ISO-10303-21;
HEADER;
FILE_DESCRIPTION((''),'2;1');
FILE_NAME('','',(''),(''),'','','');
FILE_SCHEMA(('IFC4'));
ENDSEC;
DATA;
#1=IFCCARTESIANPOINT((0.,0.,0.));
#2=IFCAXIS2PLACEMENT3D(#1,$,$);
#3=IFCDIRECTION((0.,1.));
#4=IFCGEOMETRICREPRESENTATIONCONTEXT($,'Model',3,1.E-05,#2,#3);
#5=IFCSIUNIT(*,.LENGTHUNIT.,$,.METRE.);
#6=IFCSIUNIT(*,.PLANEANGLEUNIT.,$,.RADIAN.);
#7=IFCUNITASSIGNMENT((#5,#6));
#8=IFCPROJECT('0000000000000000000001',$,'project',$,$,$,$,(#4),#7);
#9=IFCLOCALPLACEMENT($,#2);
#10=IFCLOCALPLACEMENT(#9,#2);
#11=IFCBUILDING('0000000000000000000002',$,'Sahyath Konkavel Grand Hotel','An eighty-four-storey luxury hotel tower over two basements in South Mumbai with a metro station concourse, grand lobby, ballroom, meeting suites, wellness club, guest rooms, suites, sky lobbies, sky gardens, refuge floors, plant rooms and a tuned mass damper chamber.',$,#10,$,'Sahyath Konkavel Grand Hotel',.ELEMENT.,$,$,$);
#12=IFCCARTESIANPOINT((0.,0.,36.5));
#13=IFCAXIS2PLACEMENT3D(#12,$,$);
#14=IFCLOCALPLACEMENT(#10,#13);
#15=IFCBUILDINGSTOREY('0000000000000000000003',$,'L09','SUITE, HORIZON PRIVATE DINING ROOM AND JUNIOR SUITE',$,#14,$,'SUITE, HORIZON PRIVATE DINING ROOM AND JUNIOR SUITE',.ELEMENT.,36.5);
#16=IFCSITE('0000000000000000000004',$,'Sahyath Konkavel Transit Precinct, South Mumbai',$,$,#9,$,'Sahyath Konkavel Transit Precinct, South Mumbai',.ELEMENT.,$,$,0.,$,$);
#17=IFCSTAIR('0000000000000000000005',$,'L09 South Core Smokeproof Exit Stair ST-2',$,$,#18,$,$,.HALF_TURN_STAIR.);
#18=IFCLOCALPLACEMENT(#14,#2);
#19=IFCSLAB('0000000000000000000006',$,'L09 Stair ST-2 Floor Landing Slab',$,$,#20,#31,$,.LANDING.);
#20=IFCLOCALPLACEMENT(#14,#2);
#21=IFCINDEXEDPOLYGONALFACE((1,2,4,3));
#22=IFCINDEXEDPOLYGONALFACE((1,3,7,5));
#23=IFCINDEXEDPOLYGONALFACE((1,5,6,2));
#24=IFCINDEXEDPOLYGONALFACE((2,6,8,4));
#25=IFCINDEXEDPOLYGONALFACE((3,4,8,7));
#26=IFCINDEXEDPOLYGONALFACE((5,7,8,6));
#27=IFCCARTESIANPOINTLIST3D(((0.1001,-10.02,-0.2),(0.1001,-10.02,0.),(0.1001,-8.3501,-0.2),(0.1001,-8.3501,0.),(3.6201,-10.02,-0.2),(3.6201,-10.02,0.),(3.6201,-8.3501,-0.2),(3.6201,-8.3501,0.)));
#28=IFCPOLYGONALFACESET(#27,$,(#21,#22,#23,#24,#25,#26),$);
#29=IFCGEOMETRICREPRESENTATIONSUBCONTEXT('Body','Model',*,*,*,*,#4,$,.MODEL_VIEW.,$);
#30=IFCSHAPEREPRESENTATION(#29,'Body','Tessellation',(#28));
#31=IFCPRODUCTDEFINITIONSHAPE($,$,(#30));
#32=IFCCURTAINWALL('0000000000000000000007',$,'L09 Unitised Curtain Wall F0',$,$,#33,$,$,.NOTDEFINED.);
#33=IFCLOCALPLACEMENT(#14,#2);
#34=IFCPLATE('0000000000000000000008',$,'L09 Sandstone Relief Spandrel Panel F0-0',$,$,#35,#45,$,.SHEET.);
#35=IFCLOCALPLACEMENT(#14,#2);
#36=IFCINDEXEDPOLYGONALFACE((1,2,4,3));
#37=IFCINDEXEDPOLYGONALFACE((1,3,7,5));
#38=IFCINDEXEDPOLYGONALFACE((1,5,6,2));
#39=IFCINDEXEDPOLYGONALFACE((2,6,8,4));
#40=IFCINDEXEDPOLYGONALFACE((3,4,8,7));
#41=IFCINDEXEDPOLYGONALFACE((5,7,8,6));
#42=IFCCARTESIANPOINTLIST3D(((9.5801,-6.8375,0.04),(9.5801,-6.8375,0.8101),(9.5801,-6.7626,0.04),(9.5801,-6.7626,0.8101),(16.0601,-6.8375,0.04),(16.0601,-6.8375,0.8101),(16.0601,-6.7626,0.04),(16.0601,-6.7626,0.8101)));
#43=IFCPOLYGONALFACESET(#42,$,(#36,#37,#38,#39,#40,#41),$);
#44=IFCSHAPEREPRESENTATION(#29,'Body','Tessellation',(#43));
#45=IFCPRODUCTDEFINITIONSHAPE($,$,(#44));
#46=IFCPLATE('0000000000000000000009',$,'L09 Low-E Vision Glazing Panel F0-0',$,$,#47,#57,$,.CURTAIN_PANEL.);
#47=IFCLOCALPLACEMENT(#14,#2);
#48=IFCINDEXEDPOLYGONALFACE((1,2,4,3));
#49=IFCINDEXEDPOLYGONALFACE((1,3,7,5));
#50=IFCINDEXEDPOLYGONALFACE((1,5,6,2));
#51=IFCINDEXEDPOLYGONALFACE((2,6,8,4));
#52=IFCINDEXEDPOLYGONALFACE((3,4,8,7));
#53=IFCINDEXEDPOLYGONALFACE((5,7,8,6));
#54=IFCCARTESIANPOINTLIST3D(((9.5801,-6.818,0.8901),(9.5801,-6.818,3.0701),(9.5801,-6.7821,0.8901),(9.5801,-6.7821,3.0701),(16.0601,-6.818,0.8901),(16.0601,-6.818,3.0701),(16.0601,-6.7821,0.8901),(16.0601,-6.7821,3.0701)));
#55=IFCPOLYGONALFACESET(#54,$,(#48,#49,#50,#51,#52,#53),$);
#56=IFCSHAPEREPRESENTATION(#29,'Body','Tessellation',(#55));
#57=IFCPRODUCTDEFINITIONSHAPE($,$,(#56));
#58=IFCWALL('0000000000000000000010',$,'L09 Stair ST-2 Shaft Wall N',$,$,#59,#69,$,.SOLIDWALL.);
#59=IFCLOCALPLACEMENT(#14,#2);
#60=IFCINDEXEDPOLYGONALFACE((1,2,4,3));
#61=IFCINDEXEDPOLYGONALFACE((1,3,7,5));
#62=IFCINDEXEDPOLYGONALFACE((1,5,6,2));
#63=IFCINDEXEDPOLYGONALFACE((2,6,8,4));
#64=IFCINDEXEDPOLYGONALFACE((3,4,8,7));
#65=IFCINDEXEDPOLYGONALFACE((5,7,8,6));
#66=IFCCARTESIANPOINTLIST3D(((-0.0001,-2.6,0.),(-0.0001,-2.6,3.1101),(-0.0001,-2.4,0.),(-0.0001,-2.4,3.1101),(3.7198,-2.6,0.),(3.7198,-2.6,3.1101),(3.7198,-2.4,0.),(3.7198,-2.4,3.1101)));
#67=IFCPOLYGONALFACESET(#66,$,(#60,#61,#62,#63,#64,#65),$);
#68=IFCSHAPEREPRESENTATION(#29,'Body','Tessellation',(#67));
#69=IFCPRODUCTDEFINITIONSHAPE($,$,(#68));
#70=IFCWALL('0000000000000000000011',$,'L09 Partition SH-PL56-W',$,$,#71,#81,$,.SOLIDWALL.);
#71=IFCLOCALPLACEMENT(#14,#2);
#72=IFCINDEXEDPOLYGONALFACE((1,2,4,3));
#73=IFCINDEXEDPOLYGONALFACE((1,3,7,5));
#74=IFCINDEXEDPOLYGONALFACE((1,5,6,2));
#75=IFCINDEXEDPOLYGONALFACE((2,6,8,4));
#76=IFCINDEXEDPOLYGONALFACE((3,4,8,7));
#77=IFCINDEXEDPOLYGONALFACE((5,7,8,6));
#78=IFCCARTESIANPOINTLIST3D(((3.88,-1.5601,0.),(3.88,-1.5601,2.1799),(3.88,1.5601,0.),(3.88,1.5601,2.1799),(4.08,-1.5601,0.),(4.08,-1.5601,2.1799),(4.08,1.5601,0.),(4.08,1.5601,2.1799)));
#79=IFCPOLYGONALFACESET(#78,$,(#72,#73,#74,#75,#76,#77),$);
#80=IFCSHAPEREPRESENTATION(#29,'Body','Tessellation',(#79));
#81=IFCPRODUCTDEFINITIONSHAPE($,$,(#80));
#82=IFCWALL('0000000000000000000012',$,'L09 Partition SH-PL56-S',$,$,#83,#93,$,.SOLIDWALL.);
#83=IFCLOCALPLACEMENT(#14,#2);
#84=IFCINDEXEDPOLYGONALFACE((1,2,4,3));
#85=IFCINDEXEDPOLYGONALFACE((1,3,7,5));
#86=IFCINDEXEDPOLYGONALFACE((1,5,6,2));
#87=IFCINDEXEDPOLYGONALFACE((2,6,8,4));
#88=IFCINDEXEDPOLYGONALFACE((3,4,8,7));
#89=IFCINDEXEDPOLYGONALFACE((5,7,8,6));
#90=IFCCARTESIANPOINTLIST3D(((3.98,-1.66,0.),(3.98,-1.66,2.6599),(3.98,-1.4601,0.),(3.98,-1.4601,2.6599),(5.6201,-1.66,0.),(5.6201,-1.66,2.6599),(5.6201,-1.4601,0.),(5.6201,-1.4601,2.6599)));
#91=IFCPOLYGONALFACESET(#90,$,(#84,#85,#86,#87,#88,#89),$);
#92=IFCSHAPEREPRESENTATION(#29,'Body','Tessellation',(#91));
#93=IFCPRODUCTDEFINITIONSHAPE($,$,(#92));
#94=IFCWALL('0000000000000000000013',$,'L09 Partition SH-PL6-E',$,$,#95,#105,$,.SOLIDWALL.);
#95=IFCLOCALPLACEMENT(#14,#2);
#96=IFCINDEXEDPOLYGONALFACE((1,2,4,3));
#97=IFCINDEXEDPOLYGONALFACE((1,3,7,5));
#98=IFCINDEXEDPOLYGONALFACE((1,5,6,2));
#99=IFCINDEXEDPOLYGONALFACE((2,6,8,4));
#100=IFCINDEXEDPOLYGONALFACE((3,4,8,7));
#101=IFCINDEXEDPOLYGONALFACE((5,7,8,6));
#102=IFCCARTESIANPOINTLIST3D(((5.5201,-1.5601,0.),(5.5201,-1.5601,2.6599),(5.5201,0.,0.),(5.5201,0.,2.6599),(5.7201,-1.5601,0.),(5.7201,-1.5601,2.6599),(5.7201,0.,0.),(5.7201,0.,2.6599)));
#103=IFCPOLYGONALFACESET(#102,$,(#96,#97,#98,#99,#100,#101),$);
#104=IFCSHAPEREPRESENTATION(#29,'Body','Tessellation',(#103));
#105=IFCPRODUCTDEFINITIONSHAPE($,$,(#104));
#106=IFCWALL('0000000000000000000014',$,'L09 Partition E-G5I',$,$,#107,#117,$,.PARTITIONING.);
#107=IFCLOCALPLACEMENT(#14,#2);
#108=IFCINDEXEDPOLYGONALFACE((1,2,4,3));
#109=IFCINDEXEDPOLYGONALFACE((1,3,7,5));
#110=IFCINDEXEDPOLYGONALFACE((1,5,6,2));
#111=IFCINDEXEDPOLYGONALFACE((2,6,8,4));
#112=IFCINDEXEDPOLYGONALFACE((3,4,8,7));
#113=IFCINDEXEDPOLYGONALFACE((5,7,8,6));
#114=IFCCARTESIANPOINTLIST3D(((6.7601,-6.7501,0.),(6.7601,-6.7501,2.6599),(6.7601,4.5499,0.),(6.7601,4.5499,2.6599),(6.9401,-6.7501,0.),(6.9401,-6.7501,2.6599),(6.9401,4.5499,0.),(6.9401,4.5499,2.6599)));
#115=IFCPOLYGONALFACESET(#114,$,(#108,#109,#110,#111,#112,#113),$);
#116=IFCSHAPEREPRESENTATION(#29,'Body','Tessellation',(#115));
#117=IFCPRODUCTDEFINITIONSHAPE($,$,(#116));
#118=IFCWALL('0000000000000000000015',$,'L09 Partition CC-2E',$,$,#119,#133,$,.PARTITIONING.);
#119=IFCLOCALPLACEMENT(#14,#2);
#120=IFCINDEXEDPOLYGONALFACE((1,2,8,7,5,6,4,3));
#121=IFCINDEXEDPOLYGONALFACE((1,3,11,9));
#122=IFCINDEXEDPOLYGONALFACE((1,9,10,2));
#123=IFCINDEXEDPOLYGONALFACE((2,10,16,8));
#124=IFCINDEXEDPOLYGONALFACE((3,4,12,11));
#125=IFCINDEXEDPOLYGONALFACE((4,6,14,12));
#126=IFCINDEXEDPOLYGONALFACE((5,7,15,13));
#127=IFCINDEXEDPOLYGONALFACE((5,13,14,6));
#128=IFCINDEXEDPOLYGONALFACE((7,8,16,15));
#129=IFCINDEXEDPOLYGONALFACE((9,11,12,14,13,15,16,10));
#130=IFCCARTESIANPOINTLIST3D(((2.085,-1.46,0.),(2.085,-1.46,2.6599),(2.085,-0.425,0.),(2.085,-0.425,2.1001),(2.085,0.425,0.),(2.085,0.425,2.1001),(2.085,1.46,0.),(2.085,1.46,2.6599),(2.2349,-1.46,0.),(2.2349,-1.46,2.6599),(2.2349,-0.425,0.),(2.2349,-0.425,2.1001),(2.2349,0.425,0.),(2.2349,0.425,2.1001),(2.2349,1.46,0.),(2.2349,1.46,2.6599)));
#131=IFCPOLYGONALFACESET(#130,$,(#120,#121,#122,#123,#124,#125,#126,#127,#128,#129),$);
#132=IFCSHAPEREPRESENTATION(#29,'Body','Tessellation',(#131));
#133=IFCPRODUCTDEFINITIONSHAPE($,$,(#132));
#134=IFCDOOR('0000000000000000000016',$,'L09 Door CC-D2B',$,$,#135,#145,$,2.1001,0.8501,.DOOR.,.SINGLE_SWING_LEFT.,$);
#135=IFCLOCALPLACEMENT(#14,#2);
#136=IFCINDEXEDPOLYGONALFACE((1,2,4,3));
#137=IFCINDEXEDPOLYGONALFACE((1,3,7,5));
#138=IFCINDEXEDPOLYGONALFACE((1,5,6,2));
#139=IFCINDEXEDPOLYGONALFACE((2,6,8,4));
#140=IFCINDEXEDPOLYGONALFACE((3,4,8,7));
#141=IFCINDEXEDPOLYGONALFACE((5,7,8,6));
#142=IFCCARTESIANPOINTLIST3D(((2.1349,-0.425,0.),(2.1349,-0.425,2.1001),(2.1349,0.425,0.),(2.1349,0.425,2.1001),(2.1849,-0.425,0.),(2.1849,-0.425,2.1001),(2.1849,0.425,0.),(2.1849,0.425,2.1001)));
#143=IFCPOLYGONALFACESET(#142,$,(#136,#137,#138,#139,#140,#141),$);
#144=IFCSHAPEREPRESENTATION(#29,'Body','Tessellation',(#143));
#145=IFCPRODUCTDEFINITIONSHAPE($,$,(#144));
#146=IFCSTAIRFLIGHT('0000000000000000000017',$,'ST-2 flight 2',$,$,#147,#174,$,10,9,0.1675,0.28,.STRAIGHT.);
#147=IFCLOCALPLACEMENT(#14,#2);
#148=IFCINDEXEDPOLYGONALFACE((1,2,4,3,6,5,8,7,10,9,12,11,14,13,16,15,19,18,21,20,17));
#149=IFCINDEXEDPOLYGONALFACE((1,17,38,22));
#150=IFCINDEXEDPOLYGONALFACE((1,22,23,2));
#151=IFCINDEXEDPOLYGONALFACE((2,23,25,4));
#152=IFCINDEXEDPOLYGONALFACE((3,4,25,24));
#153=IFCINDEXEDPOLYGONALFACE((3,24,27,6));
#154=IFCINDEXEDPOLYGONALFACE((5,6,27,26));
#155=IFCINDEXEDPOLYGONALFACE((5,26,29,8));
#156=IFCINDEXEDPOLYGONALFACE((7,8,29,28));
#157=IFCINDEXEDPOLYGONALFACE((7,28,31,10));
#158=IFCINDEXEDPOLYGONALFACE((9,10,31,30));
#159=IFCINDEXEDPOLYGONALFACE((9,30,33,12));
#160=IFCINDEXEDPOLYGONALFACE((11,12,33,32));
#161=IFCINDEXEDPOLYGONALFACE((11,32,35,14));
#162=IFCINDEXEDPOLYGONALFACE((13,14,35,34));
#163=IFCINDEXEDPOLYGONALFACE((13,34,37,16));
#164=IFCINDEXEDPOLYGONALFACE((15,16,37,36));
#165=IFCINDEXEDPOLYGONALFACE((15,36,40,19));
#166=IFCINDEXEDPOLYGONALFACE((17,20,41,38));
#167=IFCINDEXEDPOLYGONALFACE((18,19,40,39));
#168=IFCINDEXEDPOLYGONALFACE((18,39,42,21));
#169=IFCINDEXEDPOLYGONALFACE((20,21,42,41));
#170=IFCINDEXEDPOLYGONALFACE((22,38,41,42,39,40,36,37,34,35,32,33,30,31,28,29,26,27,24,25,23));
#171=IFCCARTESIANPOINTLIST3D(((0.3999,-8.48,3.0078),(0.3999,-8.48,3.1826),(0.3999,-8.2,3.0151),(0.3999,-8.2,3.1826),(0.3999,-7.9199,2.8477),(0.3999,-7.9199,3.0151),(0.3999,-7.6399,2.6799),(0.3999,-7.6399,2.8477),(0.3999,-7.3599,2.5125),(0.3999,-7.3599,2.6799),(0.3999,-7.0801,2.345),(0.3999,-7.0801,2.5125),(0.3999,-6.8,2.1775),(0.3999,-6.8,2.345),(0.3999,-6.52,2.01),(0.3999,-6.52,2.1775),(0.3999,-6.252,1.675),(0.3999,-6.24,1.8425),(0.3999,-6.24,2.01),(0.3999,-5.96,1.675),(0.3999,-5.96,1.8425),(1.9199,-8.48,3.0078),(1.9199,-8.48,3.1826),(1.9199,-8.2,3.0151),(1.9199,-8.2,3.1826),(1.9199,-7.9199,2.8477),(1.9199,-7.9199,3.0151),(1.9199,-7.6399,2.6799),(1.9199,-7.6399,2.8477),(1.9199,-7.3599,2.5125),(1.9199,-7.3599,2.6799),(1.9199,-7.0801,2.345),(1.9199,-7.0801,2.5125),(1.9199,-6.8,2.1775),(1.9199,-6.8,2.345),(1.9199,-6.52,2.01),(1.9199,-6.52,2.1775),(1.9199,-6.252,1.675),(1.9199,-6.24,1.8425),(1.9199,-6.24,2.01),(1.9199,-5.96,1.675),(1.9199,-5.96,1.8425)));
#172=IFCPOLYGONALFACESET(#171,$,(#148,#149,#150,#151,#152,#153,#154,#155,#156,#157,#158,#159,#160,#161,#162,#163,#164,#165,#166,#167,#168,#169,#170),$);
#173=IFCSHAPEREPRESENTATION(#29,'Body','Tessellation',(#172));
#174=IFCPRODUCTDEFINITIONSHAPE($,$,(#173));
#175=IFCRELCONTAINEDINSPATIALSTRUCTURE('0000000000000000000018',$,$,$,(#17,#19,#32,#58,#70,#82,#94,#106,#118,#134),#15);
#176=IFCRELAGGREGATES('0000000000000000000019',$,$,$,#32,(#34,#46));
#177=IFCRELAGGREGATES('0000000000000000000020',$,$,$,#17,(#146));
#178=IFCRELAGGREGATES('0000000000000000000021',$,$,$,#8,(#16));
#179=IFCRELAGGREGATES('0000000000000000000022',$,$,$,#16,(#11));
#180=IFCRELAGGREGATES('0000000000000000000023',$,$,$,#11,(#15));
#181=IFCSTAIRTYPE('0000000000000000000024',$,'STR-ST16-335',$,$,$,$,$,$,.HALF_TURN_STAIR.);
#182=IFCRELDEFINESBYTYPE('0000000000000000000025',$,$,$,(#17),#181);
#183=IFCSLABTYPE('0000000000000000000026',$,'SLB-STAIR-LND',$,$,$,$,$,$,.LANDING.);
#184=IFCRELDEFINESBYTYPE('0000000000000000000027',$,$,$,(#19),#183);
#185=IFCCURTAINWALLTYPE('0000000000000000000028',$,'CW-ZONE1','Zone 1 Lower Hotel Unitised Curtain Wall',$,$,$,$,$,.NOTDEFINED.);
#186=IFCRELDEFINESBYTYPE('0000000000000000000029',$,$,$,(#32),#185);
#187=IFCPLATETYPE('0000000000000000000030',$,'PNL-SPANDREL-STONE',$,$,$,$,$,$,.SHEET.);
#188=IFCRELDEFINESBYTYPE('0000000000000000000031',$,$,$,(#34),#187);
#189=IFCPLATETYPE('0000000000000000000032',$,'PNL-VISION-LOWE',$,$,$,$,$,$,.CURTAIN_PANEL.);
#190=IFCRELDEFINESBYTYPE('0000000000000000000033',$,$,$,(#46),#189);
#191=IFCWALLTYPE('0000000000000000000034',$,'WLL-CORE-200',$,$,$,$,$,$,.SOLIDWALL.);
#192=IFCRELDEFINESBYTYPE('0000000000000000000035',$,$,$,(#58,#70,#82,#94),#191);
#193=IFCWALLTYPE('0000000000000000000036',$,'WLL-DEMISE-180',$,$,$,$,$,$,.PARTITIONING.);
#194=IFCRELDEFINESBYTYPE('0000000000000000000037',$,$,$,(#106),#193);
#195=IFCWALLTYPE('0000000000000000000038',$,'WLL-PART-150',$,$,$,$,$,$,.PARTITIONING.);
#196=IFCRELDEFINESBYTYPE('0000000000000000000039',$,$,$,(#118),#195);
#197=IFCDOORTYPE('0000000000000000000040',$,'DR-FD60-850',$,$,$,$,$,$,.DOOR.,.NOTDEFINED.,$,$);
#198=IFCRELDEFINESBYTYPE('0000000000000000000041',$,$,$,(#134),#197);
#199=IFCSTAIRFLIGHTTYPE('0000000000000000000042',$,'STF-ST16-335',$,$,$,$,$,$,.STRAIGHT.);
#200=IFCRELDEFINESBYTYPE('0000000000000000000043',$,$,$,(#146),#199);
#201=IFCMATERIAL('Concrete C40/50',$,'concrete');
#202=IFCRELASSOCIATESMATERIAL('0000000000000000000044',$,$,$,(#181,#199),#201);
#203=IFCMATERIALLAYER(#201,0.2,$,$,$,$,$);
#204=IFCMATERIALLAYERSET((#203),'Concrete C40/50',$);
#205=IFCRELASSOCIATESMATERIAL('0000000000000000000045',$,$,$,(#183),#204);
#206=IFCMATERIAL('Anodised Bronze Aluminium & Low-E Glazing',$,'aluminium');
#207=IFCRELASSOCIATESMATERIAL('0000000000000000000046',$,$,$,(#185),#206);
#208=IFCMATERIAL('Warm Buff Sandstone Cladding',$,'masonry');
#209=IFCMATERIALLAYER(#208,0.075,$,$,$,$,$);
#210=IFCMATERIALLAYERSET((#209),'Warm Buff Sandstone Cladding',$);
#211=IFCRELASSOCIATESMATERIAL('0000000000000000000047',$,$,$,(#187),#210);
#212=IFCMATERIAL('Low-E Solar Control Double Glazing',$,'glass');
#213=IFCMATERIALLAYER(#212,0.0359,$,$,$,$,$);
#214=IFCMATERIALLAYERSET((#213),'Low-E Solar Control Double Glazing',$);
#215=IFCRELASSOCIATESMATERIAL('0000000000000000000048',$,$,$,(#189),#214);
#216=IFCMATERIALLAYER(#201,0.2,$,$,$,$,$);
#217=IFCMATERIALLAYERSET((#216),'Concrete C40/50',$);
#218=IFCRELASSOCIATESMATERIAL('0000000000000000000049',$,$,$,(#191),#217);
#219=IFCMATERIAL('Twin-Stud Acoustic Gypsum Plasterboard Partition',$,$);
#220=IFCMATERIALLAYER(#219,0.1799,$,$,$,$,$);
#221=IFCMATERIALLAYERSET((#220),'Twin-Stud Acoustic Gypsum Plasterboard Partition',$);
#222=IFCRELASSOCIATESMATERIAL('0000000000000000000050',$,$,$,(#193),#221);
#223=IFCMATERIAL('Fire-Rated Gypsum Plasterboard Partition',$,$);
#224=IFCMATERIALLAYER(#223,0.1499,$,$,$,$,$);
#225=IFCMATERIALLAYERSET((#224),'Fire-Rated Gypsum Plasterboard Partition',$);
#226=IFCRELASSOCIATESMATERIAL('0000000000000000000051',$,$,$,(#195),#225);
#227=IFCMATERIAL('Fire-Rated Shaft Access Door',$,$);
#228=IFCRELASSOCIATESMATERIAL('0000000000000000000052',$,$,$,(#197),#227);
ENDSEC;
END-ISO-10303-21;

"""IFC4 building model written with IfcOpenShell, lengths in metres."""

from ifc_helpers import new_model, si_unit, direction, frame, frame_2d, origin, origin_2d, place, context, subcontext, project, spatial, polyline, rectangle, outline, extrude, source, transform, mapped, material, layer, layer_set, type_object, element, fill, aggregate, save


model = new_model("IFC4")

# Units and contexts
model_context = context("Model", 3, precision=1e-05, world=origin(), true_north=direction((0.0, 1.0)))
body_context = subcontext(model_context, "Body", "Model", "MODEL_VIEW")
ifc_project = project(units=[si_unit("LENGTHUNIT", "METRE"), si_unit("PLANEANGLEUNIT", "RADIAN")], contexts=[model_context])

# Site, building, storey
site_placement = place(None, origin())
site = spatial("IfcSite", under=ifc_project, at=site_placement, Name="Sahyath Konkavel Transit Precinct, South Mumbai", LongName="Sahyath Konkavel Transit Precinct, South Mumbai", CompositionType="ELEMENT", RefElevation=0.0)
building_placement = place(site_placement, origin())
building = spatial("IfcBuilding", under=site, at=building_placement, Name="Sahyath Konkavel Grand Hotel", Description="An eighty-four-storey luxury hotel tower over two basements in South Mumbai with a metro station concourse, grand lobby, ballroom, meeting suites, wellness club, guest rooms, suites, sky lobbies, sky gardens, refuge floors, plant rooms and a tuned mass damper chamber.", LongName="Sahyath Konkavel Grand Hotel", CompositionType="ELEMENT")
storey_placement = place(building_placement, frame((0.0, 0.0, 36.5)))
storey = spatial("IfcBuildingStorey", under=building, at=storey_placement, Name="L09", Description="SUITE, HORIZON PRIVATE DINING ROOM AND JUNIOR SUITE", LongName="SUITE, HORIZON PRIVATE DINING ROOM AND JUNIOR SUITE", CompositionType="ELEMENT", Elevation=36.5)

# Shared definitions
ifc_material_1 = material(Name="Concrete C40/50", Category="concrete")

# Stair
stair_type = type_object("IfcStairType", Name="STR-ST16-335", PredefinedType="HALF_TURN_STAIR", material=ifc_material_1)
stair_placement = place(storey_placement, origin())
stair = element("IfcStair", 1, at=stair_placement, inside=storey, type_object=stair_type, Name="L09 South Core Smokeproof Exit Stair ST-2", PredefinedType="HALF_TURN_STAIR")
ifc_layer_1 = layer(ifc_material_1, 0.2)
ifc_layer_set_1 = layer_set([ifc_layer_1], Name="Concrete C40/50")
slab_type_1 = type_object("IfcSlabType", Name="SLB-STAIR-LND", PredefinedType="LANDING", material=ifc_layer_set_1)

# Slab
slab_1_placement = place(storey_placement, frame((0.0, 0.0, -0.2)))
element("IfcSlab", 2, at=slab_1_placement, inside=storey, type_object=slab_type_1, Name="L09 Stair ST-2 Floor Landing Slab", PredefinedType="LANDING", context=body_context, shape_type="SweptSolid", body=[
    extrude(outline(polyline([(0.1001, -10.02), (3.6201, -10.02), (3.6201, -8.3501), (0.1001, -8.3501), (0.1001, -10.02)])), origin(), (0.0, 0.0, 1.0), 0.2),
])

# Curtain wall, plates
ifc_material_2 = material(Name="Anodised Bronze Aluminium & Low-E Glazing", Category="aluminium")
curtain_wall_type = type_object("IfcCurtainWallType", Name="CW-ZONE1", Description="Zone 1 Lower Hotel Unitised Curtain Wall", PredefinedType="NOTDEFINED", material=ifc_material_2)
curtain_wall_placement = place(storey_placement, origin())
curtain_wall = element("IfcCurtainWall", 3, at=curtain_wall_placement, inside=storey, type_object=curtain_wall_type, Name="L09 Unitised Curtain Wall F0", PredefinedType="NOTDEFINED")
ifc_material_3 = material(Name="Warm Buff Sandstone Cladding", Category="masonry")
ifc_layer_2 = layer(ifc_material_3, 0.075)
ifc_layer_set_2 = layer_set([ifc_layer_2], Name="Warm Buff Sandstone Cladding")
plate_type_1 = type_object("IfcPlateType", Name="PNL-SPANDREL-STONE", PredefinedType="SHEET", material=ifc_layer_set_2)
shared_shape_1 = source(origin(), body_context, "Body", "SweptSolid", [
    extrude(rectangle(XDim=6.48, YDim=0.075, at=origin_2d()), origin(), (0.0, 0.0, 1.0), 0.77),
])
plate_1_placement = place(storey_placement, frame((12.8201, -6.8, 0.04), z_axis=(0.0, 0.0, 1.0), x_axis=(1.0, 0.0, 0.0)))
plate_1 = element("IfcPlate", 4, at=plate_1_placement, type_object=plate_type_1, Name="L09 Sandstone Relief Spandrel Panel F0-0", PredefinedType="SHEET", context=body_context, shape_type="MappedRepresentation", body=[
    mapped(shared_shape_1, transform((0.0, 0.0, 0.0), scale=1.0)),
])
ifc_material_4 = material(Name="Low-E Solar Control Double Glazing", Category="glass")
ifc_layer_3 = layer(ifc_material_4, 0.0359)
ifc_layer_set_3 = layer_set([ifc_layer_3], Name="Low-E Solar Control Double Glazing")
plate_type_2 = type_object("IfcPlateType", Name="PNL-VISION-LOWE", PredefinedType="CURTAIN_PANEL", material=ifc_layer_set_3)
shared_shape_2 = source(origin(), body_context, "Body", "SweptSolid", [
    extrude(rectangle(XDim=6.48, YDim=0.0359, at=origin_2d()), origin(), (0.0, 0.0, 1.0), 2.1799),
])
plate_2_placement = place(storey_placement, frame((12.8201, -6.8, 0.8901), z_axis=(0.0, 0.0, 1.0), x_axis=(1.0, 0.0, 0.0)))
plate_2 = element("IfcPlate", 5, at=plate_2_placement, type_object=plate_type_2, Name="L09 Low-E Vision Glazing Panel F0-0", PredefinedType="CURTAIN_PANEL", context=body_context, shape_type="MappedRepresentation", body=[
    mapped(shared_shape_2, transform((0.0, 0.0, 0.0), scale=1.0)),
])
aggregate(curtain_wall, [plate_1, plate_2])

# Walls
ifc_layer_4 = layer(ifc_material_1, 0.2)
ifc_layer_set_4 = layer_set([ifc_layer_4], Name="Concrete C40/50")
wall_type_1 = type_object("IfcWallType", Name="WLL-CORE-200", PredefinedType="SOLIDWALL", material=ifc_layer_set_4)
wall_1_placement = place(storey_placement, frame((0.0, -2.5, 0.0), z_axis=(0.0, 0.0, 1.0), x_axis=(1.0, 0.0, 0.0)))
element("IfcWall", 6, at=wall_1_placement, inside=storey, type_object=wall_type_1, Name="L09 Stair ST-2 Shaft Wall N", PredefinedType="SOLIDWALL", context=body_context, shape_type="SweptSolid", body=[
    extrude(rectangle(XDim=3.72, YDim=0.2, at=frame_2d((1.8599, 0.0))), origin(), (0.0, 0.0, 1.0), 3.1101),
])
wall_2_placement = place(storey_placement, frame((3.98, -1.5601, 0.0), z_axis=(0.0, 0.0, 1.0), x_axis=(0.0, 1.0, 0.0)))
element("IfcWall", 7, at=wall_2_placement, inside=storey, type_object=wall_type_1, Name="L09 Partition SH-PL56-W", PredefinedType="SOLIDWALL", context=body_context, shape_type="SweptSolid", body=[
    extrude(rectangle(XDim=3.1201, YDim=0.2, at=frame_2d((1.5601, 0.0))), origin(), (0.0, 0.0, 1.0), 2.1799),
])
wall_3_placement = place(storey_placement, frame((3.98, -1.5601, 0.0), z_axis=(0.0, 0.0, 1.0), x_axis=(1.0, 0.0, 0.0)))
element("IfcWall", 8, at=wall_3_placement, inside=storey, type_object=wall_type_1, Name="L09 Partition SH-PL56-S", PredefinedType="SOLIDWALL", context=body_context, shape_type="SweptSolid", body=[
    extrude(rectangle(XDim=1.6401, YDim=0.2, at=frame_2d((0.8201, 0.0))), origin(), (0.0, 0.0, 1.0), 2.6599),
])
wall_4_placement = place(storey_placement, frame((5.6201, -1.5601, 0.0), z_axis=(0.0, 0.0, 1.0), x_axis=(0.0, 1.0, 0.0)))
element("IfcWall", 9, at=wall_4_placement, inside=storey, type_object=wall_type_1, Name="L09 Partition SH-PL6-E", PredefinedType="SOLIDWALL", context=body_context, shape_type="SweptSolid", body=[
    extrude(rectangle(XDim=1.5601, YDim=0.2, at=frame_2d((0.78, 0.0))), origin(), (0.0, 0.0, 1.0), 2.6599),
])
ifc_material_5 = material(Name="Twin-Stud Acoustic Gypsum Plasterboard Partition")
ifc_layer_5 = layer(ifc_material_5, 0.1799)
ifc_layer_set_5 = layer_set([ifc_layer_5], Name="Twin-Stud Acoustic Gypsum Plasterboard Partition")
wall_type_2 = type_object("IfcWallType", Name="WLL-DEMISE-180", PredefinedType="PARTITIONING", material=ifc_layer_set_5)
wall_5_placement = place(storey_placement, frame((6.8501, -6.75, 0.0), z_axis=(0.0, 0.0, 1.0), x_axis=(0.0, 1.0, 0.0)))
element("IfcWall", 10, at=wall_5_placement, inside=storey, type_object=wall_type_2, Name="L09 Partition E-G5I", PredefinedType="PARTITIONING", context=body_context, shape_type="SweptSolid", body=[
    extrude(rectangle(XDim=11.3, YDim=0.1799, at=frame_2d((5.6499, 0.0))), origin(), (0.0, 0.0, 1.0), 2.6599),
])

# Wall, opening, door
ifc_material_6 = material(Name="Fire-Rated Gypsum Plasterboard Partition")
ifc_layer_6 = layer(ifc_material_6, 0.1499)
ifc_layer_set_6 = layer_set([ifc_layer_6], Name="Fire-Rated Gypsum Plasterboard Partition")
wall_type_3 = type_object("IfcWallType", Name="WLL-PART-150", PredefinedType="PARTITIONING", material=ifc_layer_set_6)
wall_6_placement = place(storey_placement, frame((2.1599, -1.46, 0.0), z_axis=(0.0, 0.0, 1.0), x_axis=(0.0, 1.0, 0.0)))
wall_6 = element("IfcWall", 11, at=wall_6_placement, inside=storey, type_object=wall_type_3, Name="L09 Partition CC-2E", PredefinedType="PARTITIONING", context=body_context, shape_type="SweptSolid", body=[
    extrude(rectangle(XDim=2.9199, YDim=0.1499, at=frame_2d((1.46, 0.0))), origin(), (0.0, 0.0, 1.0), 2.6599),
])
opening_placement = place(wall_6_placement, frame((1.0349, 0.0, 0.0)))
opening = element("IfcOpeningElement", 12, at=opening_placement, cuts=wall_6, PredefinedType="OPENING", context=body_context, shape_type="SweptSolid", body=[
    extrude(rectangle(XDim=0.8501, YDim=2.1001, at=frame_2d((0.425, 1.05))), frame((0.0, 0.085, 0.0), z_axis=(0.0, -1.0, 0.0), x_axis=(1.0, 0.0, 0.0)), (0.0, 0.0, 1.0), 0.1699),
])
ifc_material_7 = material(Name="Fire-Rated Shaft Access Door")
door_type = type_object("IfcDoorType", Name="DR-FD60-850", OperationType="NOTDEFINED", PredefinedType="DOOR", material=ifc_material_7)
shared_shape_3 = source(origin(), body_context, "Body", "SweptSolid", [
    extrude(rectangle(XDim=0.8501, YDim=0.05, at=origin_2d()), origin(), (0.0, 0.0, 1.0), 2.1001),
])
door_placement = place(opening_placement, frame((0.425, 0.0, 0.0)))
door = element("IfcDoor", 13, at=door_placement, inside=storey, type_object=door_type, Name="L09 Door CC-D2B", OperationType="SINGLE_SWING_LEFT", OverallHeight=2.1001, OverallWidth=0.8501, PredefinedType="DOOR", context=body_context, shape_type="MappedRepresentation", body=[
    mapped(shared_shape_3, transform((0.0, 0.0, 0.0), scale=1.0)),
])
fill(opening, door)

# Stair flight
stair_flight_type = type_object("IfcStairFlightType", Name="STF-ST16-335", PredefinedType="STRAIGHT", material=ifc_material_1)
stair_flight_placement = place(storey_placement, frame((1.1599, -5.96, 1.675), z_axis=(0.0, 0.0, 1.0), x_axis=(0.0, -1.0, 0.0)))
stair_flight = element("IfcStairFlight", 14, at=stair_flight_placement, type_object=stair_flight_type, Name="ST-2 flight 2", NumberOfRisers=10, NumberOfTreads=9, PredefinedType="STRAIGHT", RiserHeight=0.1675, TreadLength=0.28, context=body_context, shape_type="SweptSolid", body=[
    extrude(outline(polyline([(0.0, 0.0), (0.0, 0.1675), (0.28, 0.1675), (0.28, 0.335), (0.5601, 0.335), (0.5601, 0.5024), (0.8401, 0.5024), (0.8401, 0.6699), (1.1201, 0.6699), (1.1201, 0.8374), (1.3999, 0.8374), (1.3999, 1.0049), (1.6799, 1.0049), (1.6799, 1.1726), (1.96, 1.1726), (1.96, 1.3401), (2.24, 1.3401), (2.24, 1.5076), (2.52, 1.5076), (2.52, 1.675), (2.52, 1.3328), (0.292, 0.0), (0.0, 0.0)])), frame((0.0, 0.76, 0.0), z_axis=(0.0, -1.0, 0.0), x_axis=(1.0, 0.0, 0.0)), (0.0, 0.0, 1.0), 1.52),
])
aggregate(stair, [stair_flight])

save(model, "model.ifc")
